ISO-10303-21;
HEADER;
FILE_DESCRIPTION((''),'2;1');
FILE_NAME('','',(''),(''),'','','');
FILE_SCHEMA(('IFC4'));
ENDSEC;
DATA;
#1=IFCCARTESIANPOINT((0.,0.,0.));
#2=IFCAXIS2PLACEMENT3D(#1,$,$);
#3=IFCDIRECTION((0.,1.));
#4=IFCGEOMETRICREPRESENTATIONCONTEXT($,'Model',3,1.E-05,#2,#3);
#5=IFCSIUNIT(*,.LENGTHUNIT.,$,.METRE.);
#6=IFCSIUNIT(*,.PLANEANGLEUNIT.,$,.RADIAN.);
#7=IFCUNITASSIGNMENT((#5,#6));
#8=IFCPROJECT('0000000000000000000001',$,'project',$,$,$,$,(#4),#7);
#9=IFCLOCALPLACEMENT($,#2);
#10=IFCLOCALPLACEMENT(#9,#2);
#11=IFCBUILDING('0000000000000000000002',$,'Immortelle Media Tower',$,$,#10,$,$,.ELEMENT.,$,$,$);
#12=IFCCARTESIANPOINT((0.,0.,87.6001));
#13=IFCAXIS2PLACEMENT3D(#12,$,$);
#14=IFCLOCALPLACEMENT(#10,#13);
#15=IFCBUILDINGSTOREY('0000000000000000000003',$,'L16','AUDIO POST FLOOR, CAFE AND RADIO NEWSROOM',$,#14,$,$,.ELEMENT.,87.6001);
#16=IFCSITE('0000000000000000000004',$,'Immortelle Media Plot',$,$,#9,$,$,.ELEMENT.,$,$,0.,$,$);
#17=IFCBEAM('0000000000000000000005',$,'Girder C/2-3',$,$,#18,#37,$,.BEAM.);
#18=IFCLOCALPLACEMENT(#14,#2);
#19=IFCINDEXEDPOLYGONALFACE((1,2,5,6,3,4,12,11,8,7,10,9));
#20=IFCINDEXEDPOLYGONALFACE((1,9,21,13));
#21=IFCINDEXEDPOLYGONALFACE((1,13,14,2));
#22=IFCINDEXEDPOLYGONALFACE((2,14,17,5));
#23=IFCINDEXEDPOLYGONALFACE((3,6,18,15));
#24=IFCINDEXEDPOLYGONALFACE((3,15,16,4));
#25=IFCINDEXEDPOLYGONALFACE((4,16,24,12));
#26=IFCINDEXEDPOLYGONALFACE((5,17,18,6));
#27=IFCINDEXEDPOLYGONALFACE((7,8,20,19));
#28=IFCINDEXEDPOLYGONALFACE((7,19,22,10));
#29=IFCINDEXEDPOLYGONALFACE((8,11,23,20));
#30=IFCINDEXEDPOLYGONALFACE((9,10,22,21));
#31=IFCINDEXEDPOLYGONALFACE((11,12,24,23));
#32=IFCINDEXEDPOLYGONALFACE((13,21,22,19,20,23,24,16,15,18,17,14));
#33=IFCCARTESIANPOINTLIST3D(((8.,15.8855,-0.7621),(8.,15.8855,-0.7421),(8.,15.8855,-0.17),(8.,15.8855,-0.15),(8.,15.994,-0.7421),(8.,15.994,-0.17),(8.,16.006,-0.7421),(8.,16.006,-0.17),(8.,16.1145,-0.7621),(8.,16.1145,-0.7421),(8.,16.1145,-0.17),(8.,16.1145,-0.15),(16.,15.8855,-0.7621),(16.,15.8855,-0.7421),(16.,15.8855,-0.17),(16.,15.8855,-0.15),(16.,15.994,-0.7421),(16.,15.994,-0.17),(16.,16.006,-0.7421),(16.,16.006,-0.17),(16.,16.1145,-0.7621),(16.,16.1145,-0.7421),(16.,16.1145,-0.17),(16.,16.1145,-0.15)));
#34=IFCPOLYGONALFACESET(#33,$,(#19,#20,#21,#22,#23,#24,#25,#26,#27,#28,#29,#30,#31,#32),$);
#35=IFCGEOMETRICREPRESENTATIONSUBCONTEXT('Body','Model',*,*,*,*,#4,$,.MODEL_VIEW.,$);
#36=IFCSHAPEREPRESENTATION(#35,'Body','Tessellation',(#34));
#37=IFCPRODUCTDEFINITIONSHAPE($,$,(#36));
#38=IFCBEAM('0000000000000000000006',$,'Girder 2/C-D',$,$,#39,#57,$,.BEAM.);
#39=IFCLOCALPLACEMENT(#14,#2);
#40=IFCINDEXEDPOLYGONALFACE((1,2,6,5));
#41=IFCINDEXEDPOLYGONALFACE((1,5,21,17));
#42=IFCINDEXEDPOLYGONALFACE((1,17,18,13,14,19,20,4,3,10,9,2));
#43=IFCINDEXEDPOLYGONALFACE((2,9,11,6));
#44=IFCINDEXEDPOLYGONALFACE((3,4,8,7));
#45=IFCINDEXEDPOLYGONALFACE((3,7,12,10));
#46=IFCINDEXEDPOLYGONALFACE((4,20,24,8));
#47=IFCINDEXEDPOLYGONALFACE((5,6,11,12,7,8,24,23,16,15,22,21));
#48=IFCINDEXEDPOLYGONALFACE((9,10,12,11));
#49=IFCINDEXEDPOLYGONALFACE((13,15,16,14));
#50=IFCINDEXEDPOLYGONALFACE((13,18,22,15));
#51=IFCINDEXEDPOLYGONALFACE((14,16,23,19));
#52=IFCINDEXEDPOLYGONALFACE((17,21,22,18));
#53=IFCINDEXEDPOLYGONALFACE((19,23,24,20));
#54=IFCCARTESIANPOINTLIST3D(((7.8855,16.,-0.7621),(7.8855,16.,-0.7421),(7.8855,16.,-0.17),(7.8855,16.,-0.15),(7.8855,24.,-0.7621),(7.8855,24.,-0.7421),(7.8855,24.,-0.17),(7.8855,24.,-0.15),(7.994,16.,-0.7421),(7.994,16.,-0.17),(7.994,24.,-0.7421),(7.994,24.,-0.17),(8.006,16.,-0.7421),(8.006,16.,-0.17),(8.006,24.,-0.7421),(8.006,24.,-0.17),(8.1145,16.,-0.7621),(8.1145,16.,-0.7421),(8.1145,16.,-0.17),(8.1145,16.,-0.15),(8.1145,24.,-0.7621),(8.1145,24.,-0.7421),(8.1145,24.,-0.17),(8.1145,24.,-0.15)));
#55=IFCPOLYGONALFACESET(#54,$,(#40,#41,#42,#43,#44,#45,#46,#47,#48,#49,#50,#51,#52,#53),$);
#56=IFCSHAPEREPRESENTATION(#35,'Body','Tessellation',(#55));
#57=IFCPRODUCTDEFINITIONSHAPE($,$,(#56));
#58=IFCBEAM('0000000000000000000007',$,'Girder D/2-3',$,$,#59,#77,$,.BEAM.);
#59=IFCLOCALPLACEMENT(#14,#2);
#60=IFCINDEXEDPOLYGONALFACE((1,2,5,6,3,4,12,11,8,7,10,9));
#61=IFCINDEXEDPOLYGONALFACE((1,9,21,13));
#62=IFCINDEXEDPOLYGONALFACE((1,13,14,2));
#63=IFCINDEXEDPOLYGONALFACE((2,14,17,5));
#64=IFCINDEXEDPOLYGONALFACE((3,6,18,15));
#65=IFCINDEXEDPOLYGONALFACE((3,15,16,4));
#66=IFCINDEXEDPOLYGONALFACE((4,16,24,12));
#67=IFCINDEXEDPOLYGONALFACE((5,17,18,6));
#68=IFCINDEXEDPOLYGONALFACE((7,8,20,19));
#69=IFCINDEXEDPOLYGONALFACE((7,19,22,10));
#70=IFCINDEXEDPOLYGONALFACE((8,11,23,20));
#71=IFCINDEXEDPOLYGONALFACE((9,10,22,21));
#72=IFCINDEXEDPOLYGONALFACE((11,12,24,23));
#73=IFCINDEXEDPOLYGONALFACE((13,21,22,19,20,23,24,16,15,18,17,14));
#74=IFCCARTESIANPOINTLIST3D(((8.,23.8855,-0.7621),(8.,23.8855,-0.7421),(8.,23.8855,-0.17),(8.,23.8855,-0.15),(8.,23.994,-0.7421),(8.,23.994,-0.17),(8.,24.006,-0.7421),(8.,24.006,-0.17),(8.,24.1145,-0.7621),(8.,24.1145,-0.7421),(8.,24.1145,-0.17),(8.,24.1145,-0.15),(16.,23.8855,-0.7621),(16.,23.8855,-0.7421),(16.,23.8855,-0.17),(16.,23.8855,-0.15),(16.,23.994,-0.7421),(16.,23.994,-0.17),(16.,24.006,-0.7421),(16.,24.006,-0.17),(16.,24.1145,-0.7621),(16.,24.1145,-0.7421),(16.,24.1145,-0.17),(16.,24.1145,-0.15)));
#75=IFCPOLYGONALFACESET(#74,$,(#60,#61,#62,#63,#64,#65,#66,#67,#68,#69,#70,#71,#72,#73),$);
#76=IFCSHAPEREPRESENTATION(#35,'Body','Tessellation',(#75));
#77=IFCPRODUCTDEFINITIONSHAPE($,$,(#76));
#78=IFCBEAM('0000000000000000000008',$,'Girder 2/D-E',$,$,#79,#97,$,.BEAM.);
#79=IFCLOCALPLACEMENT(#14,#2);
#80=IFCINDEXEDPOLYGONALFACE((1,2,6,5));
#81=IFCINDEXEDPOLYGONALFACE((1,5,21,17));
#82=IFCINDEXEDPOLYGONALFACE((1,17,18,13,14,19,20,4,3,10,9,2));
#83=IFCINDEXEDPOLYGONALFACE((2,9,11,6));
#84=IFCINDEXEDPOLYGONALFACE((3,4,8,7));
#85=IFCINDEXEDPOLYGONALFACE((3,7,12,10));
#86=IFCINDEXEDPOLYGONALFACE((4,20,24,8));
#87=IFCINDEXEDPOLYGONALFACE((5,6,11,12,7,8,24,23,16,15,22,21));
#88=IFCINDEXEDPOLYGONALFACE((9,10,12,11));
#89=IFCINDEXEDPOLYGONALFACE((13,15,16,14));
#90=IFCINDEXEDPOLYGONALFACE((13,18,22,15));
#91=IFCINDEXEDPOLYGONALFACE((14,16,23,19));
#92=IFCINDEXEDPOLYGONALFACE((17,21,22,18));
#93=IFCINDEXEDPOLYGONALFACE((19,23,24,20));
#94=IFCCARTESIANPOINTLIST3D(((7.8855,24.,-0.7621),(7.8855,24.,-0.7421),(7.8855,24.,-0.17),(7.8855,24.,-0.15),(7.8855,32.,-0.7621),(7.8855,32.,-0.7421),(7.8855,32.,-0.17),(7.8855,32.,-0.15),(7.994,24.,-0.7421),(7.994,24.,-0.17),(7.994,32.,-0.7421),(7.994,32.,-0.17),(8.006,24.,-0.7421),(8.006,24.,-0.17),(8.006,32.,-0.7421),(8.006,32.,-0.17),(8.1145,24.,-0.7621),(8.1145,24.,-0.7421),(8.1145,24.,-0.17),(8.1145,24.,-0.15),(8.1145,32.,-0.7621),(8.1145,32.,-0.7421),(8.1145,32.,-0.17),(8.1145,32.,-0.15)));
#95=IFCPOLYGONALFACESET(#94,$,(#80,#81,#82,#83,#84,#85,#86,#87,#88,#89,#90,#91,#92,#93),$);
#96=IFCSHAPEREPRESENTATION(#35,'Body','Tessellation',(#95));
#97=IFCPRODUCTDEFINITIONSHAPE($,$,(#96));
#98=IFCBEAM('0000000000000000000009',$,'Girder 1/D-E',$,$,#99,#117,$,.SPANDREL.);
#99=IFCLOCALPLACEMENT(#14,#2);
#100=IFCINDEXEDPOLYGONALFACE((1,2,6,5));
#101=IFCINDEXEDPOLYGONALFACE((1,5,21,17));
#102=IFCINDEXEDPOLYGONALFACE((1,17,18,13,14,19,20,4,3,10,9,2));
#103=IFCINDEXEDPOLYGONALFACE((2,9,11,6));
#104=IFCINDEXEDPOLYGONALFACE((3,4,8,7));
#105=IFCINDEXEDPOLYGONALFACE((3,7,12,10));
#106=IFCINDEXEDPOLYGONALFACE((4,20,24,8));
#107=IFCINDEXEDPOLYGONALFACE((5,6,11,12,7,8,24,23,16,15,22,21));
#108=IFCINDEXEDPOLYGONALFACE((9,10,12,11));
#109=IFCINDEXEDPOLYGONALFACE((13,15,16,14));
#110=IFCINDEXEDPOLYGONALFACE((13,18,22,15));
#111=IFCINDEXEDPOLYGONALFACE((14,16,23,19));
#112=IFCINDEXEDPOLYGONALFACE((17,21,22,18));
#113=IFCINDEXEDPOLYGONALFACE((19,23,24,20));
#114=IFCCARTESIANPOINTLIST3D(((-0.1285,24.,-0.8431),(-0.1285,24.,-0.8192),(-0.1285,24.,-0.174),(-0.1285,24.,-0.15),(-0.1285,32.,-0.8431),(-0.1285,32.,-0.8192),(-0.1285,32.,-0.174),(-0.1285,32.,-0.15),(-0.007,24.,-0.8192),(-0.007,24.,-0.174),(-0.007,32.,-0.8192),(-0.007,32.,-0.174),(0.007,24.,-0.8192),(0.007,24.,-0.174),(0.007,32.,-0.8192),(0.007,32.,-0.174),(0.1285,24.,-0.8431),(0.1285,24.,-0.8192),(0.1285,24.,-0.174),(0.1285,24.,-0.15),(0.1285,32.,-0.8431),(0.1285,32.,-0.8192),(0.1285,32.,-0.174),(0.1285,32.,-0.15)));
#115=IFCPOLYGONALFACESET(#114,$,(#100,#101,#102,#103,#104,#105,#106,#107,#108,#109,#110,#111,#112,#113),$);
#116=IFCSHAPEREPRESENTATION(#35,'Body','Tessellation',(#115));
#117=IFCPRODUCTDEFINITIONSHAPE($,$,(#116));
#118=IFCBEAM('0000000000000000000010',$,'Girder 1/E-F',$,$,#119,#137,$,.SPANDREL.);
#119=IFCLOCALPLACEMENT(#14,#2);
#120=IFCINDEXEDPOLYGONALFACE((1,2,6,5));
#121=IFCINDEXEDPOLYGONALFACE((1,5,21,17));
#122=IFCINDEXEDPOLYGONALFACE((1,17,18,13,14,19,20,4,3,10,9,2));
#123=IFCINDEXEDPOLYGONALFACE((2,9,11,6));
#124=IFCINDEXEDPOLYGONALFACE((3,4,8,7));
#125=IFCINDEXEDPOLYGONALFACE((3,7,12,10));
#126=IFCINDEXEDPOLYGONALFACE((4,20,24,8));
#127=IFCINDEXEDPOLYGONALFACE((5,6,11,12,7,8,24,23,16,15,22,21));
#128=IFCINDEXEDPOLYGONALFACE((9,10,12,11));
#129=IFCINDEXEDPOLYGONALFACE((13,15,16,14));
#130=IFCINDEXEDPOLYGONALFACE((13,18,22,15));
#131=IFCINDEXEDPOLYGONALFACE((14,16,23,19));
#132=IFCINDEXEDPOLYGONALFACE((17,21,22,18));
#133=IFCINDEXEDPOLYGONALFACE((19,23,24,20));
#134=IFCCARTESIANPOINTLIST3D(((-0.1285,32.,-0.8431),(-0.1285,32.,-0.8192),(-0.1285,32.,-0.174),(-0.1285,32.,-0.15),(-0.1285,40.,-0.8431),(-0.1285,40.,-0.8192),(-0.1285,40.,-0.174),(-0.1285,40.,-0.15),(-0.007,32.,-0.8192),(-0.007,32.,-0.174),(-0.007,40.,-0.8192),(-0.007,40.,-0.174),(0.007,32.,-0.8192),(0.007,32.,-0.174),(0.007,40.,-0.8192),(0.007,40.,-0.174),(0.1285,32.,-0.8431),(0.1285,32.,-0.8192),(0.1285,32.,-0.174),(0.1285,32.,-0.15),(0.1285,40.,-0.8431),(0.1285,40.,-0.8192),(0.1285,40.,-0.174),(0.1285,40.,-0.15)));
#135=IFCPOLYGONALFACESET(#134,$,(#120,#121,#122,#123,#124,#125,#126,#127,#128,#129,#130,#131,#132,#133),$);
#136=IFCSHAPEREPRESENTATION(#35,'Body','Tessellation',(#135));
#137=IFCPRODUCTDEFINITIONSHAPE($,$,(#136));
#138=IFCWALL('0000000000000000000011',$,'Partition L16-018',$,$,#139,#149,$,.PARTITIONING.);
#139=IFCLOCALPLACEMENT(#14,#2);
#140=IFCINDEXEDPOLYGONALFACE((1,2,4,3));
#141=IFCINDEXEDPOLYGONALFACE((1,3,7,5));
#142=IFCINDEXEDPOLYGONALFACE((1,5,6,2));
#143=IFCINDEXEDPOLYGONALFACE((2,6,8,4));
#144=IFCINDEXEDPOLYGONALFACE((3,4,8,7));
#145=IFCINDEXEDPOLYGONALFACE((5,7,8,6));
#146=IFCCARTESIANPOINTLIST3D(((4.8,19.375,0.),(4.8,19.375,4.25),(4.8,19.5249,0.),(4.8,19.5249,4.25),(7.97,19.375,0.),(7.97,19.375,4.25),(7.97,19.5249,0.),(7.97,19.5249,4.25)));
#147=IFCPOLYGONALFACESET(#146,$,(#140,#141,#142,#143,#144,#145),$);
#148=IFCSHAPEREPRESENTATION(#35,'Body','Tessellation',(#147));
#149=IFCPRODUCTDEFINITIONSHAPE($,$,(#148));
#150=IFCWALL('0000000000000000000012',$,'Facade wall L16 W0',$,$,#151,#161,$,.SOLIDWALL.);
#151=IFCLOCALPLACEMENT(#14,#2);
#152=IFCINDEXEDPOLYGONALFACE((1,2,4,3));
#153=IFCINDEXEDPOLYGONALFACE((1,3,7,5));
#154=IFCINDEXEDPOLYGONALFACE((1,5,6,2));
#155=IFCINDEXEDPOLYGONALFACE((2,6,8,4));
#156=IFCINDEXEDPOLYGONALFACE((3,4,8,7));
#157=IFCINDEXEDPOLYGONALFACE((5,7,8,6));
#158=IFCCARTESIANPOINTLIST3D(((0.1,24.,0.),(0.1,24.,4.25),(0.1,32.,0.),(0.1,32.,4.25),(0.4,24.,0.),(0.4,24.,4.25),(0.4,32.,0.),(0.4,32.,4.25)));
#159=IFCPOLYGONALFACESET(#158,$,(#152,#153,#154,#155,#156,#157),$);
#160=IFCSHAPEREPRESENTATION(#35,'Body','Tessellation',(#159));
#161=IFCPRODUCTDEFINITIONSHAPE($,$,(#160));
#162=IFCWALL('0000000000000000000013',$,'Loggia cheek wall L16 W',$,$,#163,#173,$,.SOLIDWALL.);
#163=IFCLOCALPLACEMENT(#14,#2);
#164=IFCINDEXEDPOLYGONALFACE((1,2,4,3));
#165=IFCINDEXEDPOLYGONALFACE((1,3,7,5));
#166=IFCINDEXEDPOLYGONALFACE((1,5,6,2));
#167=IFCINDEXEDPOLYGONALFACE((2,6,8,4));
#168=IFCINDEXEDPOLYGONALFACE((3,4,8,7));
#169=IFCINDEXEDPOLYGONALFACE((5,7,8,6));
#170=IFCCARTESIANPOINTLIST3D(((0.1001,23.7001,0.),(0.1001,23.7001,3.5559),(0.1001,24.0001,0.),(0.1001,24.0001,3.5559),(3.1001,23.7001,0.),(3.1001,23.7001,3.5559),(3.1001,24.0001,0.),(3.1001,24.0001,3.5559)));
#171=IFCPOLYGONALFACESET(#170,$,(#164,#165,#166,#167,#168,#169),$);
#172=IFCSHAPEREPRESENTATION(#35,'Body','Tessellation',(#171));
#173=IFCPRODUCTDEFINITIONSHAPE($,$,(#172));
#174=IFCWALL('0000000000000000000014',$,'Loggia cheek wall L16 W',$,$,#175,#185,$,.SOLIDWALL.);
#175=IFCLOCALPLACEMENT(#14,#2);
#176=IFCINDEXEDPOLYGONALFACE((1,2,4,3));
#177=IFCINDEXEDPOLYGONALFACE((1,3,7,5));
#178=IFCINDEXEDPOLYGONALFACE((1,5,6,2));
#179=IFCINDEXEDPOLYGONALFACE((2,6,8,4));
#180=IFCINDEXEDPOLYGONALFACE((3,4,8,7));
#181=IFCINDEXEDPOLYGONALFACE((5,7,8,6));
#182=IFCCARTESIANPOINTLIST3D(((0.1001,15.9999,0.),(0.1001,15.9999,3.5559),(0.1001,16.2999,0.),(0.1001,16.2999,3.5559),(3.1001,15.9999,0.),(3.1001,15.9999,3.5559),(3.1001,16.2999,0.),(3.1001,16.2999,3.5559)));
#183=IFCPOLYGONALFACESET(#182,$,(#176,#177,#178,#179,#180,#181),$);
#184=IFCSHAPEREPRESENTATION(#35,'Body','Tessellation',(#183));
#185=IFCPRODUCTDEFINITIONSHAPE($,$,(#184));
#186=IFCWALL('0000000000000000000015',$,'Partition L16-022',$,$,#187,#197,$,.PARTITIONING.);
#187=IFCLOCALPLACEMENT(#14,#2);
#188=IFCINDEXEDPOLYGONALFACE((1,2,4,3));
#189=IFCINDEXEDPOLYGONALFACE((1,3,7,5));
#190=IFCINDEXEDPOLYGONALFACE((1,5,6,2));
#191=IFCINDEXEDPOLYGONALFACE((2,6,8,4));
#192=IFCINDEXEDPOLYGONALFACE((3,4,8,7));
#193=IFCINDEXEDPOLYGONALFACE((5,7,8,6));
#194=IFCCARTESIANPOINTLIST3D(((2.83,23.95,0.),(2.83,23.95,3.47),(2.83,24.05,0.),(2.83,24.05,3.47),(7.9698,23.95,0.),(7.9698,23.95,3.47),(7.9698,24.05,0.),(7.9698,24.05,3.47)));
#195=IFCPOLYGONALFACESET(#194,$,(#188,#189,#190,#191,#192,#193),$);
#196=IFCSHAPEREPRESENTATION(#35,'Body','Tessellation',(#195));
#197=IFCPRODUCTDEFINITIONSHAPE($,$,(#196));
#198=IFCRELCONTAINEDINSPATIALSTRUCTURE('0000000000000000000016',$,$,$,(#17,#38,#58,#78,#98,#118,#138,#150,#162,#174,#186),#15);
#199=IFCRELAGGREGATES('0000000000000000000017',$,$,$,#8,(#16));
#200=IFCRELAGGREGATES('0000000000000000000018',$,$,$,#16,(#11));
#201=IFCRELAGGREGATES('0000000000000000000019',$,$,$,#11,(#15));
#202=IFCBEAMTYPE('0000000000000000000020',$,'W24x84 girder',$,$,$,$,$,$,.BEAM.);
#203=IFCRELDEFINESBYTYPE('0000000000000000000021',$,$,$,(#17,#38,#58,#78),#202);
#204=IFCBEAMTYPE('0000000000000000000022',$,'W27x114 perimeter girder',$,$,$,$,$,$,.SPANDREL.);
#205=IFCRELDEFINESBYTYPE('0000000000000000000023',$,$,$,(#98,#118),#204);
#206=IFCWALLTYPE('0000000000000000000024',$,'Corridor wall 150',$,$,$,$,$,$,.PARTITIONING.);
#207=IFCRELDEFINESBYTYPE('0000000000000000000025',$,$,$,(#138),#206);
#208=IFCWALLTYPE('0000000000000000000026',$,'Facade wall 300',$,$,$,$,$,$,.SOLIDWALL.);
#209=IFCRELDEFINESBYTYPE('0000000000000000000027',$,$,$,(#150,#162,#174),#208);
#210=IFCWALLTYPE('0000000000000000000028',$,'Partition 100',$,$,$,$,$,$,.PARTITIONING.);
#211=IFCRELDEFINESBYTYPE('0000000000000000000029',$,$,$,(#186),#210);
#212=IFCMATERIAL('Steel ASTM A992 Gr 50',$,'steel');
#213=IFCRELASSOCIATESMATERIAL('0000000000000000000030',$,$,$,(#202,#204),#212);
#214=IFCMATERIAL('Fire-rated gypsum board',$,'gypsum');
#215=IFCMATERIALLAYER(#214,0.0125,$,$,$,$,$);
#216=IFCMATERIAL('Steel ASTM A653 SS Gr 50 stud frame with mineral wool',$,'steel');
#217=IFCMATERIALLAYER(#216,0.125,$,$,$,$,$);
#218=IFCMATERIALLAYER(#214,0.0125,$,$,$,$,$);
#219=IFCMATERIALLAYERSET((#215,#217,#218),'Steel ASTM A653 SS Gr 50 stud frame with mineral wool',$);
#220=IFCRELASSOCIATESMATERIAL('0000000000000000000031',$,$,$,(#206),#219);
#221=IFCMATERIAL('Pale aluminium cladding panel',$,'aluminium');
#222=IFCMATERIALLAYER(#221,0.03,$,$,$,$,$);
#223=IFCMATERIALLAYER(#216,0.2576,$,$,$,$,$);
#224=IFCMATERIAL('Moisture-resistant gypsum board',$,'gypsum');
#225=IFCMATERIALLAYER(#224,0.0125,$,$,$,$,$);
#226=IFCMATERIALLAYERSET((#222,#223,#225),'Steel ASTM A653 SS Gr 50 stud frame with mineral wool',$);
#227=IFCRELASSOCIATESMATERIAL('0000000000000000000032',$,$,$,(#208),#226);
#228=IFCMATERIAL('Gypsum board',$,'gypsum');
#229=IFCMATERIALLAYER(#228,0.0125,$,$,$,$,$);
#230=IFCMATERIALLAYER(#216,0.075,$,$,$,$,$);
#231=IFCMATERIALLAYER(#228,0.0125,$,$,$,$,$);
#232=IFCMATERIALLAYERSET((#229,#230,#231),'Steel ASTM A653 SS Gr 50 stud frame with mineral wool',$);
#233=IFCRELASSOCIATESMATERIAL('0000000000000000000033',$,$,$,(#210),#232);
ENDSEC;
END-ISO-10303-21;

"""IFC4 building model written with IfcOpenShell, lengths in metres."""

from ifc_helpers import new_model, si_unit, direction, frame, frame_2d, origin, origin_2d, place, context, subcontext, project, spatial, rectangle, i_section, extrude, material, layer, layer_set, material_profile, profile_set, type_object, element, save


model = new_model("IFC4")

# Units and contexts
model_context = context("Model", 3, precision=1e-05, world=origin(), true_north=direction((0.0, 1.0)))
body_context = subcontext(model_context, "Body", "Model", "MODEL_VIEW")
ifc_project = project(units=[si_unit("LENGTHUNIT", "METRE"), si_unit("PLANEANGLEUNIT", "RADIAN")], contexts=[model_context])

# Site, building, storey
site_placement = place(None, origin())
site = spatial("IfcSite", under=ifc_project, at=site_placement, Name="Immortelle Media Plot", CompositionType="ELEMENT", RefElevation=0.0)
building_placement = place(site_placement, origin())
building = spatial("IfcBuilding", under=site, at=building_placement, Name="Immortelle Media Tower", CompositionType="ELEMENT")
storey_placement = place(building_placement, frame((0.0, 0.0, 87.6001)))
storey = spatial("IfcBuildingStorey", under=building, at=storey_placement, Name="L16", Description="AUDIO POST FLOOR, CAFE AND RADIO NEWSROOM", CompositionType="ELEMENT", Elevation=87.6001)

# Shared definitions
ifc_material_1 = material(Name="Steel ASTM A992 Gr 50", Category="steel")

# Beams
ifc_material_profile_1 = material_profile(ifc_material_1, i_section(OverallWidth=0.229, OverallDepth=0.6121, WebThickness=0.012, FlangeThickness=0.02, at=origin_2d()), Name="W24x84")
ifc_profile_set_1 = profile_set([ifc_material_profile_1], Name="Steel ASTM A992 Gr 50")
beam_type_1 = type_object("IfcBeamType", Name="W24x84 girder", PredefinedType="BEAM", material=ifc_profile_set_1)
for number, where, z_axis, x_axis, name in (
    (1, (8.0, 16.0, -0.4561), (1.0, 0.0, 0.0), (0.0, 1.0, 0.0), "Girder C/2-3"),
    (2, (8.0, 16.0, -0.4561), (0.0, 1.0, 0.0), (-1.0, 0.0, 0.0), "Girder 2/C-D"),
    (3, (8.0, 24.0, -0.4561), (1.0, 0.0, 0.0), (0.0, 1.0, 0.0), "Girder D/2-3"),
    (4, (8.0, 24.0, -0.4561), (0.0, 1.0, 0.0), (-1.0, 0.0, 0.0), "Girder 2/D-E"),
):
    element("IfcBeam", number, at=place(storey_placement, frame(where, z_axis=z_axis, x_axis=x_axis)), inside=storey, type_object=beam_type_1, Name=name, PredefinedType="BEAM", context=body_context, shape_type="SweptSolid", body=[
        extrude(i_section(OverallWidth=0.229, OverallDepth=0.6121, WebThickness=0.012, FlangeThickness=0.02, at=origin_2d()), origin(), (0.0, 0.0, 1.0), 8.0),
    ])
ifc_material_profile_2 = material_profile(ifc_material_1, i_section(OverallWidth=0.2571, OverallDepth=0.6931, WebThickness=0.0139, FlangeThickness=0.0239, at=origin_2d()), Name="W27x114")
ifc_profile_set_2 = profile_set([ifc_material_profile_2], Name="Steel ASTM A992 Gr 50")
beam_type_2 = type_object("IfcBeamType", Name="W27x114 perimeter girder", PredefinedType="SPANDREL", material=ifc_profile_set_2)
for number, where, z_axis, x_axis, name in (
    (5, (0.0, 24.0, -0.4966), (0.0, 1.0, 0.0), (-1.0, 0.0, 0.0), "Girder 1/D-E"),
    (6, (0.0, 32.0, -0.4966), (0.0, 1.0, 0.0), (-1.0, 0.0, 0.0), "Girder 1/E-F"),
):
    element("IfcBeam", number, at=place(storey_placement, frame(where, z_axis=z_axis, x_axis=x_axis)), inside=storey, type_object=beam_type_2, Name=name, PredefinedType="SPANDREL", context=body_context, shape_type="SweptSolid", body=[
        extrude(i_section(OverallWidth=0.2571, OverallDepth=0.6931, WebThickness=0.0139, FlangeThickness=0.0239, at=origin_2d()), origin(), (0.0, 0.0, 1.0), 8.0),
    ])

# Walls
ifc_material_2 = material(Name="Fire-rated gypsum board", Category="gypsum")
ifc_layer_1 = layer(ifc_material_2, 0.0125)
ifc_material_3 = material(Name="Steel ASTM A653 SS Gr 50 stud frame with mineral wool", Category="steel")
ifc_layer_2 = layer(ifc_material_3, 0.125)
ifc_layer_3 = layer(ifc_material_2, 0.0125)
ifc_layer_set_1 = layer_set([ifc_layer_1, ifc_layer_2, ifc_layer_3], Name="Steel ASTM A653 SS Gr 50 stud frame with mineral wool")
wall_type_1 = type_object("IfcWallType", Name="Corridor wall 150", PredefinedType="PARTITIONING", material=ifc_layer_set_1)
wall_1_placement = place(storey_placement, frame((4.8, 19.45, 0.0), z_axis=(0.0, 0.0, 1.0), x_axis=(1.0, 0.0, 0.0)))
element("IfcWall", 7, at=wall_1_placement, inside=storey, type_object=wall_type_1, Name="Partition L16-018", PredefinedType="PARTITIONING", context=body_context, shape_type="SweptSolid", body=[
    extrude(rectangle(XDim=3.1699, YDim=0.1499, at=frame_2d((1.585, 0.0))), origin(), (0.0, 0.0, 1.0), 4.25),
])
ifc_material_4 = material(Name="Pale aluminium cladding panel", Category="aluminium")
ifc_layer_4 = layer(ifc_material_4, 0.03)
ifc_layer_5 = layer(ifc_material_3, 0.2576)
ifc_material_5 = material(Name="Moisture-resistant gypsum board", Category="gypsum")
ifc_layer_6 = layer(ifc_material_5, 0.0125)
ifc_layer_set_2 = layer_set([ifc_layer_4, ifc_layer_5, ifc_layer_6], Name="Steel ASTM A653 SS Gr 50 stud frame with mineral wool")
wall_type_2 = type_object("IfcWallType", Name="Facade wall 300", PredefinedType="SOLIDWALL", material=ifc_layer_set_2)
wall_2_placement = place(storey_placement, frame((0.25, 32.0, 0.0), z_axis=(0.0, 0.0, 1.0), x_axis=(0.0, -1.0, 0.0)))
element("IfcWall", 8, at=wall_2_placement, inside=storey, type_object=wall_type_2, Name="Facade wall L16 W0", PredefinedType="SOLIDWALL", context=body_context, shape_type="SweptSolid", body=[
    extrude(rectangle(XDim=8.0, YDim=0.3, at=frame_2d((4.0, 0.0))), origin(), (0.0, 0.0, 1.0), 4.25),
])

# Walls
for number, where, z_axis, x_axis, name in (
    (9, (0.1001, 23.8501, 0.0), (0.0, 0.0, 1.0), (1.0, 0.0, 0.0), "Loggia cheek wall L16 W"),
    (10, (0.1001, 16.1499, 0.0), (0.0, 0.0, 1.0), (1.0, 0.0, 0.0), "Loggia cheek wall L16 W"),
):
    element("IfcWall", number, at=place(storey_placement, frame(where, z_axis=z_axis, x_axis=x_axis)), inside=storey, type_object=wall_type_2, Name=name, PredefinedType="SOLIDWALL", context=body_context, shape_type="SweptSolid", body=[
        extrude(rectangle(XDim=3.0, YDim=0.3, at=frame_2d((1.5, 0.0))), origin(), (0.0, 0.0, 1.0), 3.5559),
    ])
ifc_material_6 = material(Name="Gypsum board", Category="gypsum")
ifc_layer_7 = layer(ifc_material_6, 0.0125)
ifc_layer_8 = layer(ifc_material_3, 0.075)
ifc_layer_9 = layer(ifc_material_6, 0.0125)
ifc_layer_set_3 = layer_set([ifc_layer_7, ifc_layer_8, ifc_layer_9], Name="Steel ASTM A653 SS Gr 50 stud frame with mineral wool")
wall_type_3 = type_object("IfcWallType", Name="Partition 100", PredefinedType="PARTITIONING", material=ifc_layer_set_3)
wall_3_placement = place(storey_placement, frame((2.8301, 24.0, 0.0), z_axis=(0.0, 0.0, 1.0), x_axis=(1.0, 0.0, 0.0)))
element("IfcWall", 11, at=wall_3_placement, inside=storey, type_object=wall_type_3, Name="Partition L16-022", PredefinedType="PARTITIONING", context=body_context, shape_type="SweptSolid", body=[
    extrude(rectangle(XDim=5.1399, YDim=0.1001, at=frame_2d((2.5698, 0.0))), origin(), (0.0, 0.0, 1.0), 3.47),
])

save(model, "model.ifc")
